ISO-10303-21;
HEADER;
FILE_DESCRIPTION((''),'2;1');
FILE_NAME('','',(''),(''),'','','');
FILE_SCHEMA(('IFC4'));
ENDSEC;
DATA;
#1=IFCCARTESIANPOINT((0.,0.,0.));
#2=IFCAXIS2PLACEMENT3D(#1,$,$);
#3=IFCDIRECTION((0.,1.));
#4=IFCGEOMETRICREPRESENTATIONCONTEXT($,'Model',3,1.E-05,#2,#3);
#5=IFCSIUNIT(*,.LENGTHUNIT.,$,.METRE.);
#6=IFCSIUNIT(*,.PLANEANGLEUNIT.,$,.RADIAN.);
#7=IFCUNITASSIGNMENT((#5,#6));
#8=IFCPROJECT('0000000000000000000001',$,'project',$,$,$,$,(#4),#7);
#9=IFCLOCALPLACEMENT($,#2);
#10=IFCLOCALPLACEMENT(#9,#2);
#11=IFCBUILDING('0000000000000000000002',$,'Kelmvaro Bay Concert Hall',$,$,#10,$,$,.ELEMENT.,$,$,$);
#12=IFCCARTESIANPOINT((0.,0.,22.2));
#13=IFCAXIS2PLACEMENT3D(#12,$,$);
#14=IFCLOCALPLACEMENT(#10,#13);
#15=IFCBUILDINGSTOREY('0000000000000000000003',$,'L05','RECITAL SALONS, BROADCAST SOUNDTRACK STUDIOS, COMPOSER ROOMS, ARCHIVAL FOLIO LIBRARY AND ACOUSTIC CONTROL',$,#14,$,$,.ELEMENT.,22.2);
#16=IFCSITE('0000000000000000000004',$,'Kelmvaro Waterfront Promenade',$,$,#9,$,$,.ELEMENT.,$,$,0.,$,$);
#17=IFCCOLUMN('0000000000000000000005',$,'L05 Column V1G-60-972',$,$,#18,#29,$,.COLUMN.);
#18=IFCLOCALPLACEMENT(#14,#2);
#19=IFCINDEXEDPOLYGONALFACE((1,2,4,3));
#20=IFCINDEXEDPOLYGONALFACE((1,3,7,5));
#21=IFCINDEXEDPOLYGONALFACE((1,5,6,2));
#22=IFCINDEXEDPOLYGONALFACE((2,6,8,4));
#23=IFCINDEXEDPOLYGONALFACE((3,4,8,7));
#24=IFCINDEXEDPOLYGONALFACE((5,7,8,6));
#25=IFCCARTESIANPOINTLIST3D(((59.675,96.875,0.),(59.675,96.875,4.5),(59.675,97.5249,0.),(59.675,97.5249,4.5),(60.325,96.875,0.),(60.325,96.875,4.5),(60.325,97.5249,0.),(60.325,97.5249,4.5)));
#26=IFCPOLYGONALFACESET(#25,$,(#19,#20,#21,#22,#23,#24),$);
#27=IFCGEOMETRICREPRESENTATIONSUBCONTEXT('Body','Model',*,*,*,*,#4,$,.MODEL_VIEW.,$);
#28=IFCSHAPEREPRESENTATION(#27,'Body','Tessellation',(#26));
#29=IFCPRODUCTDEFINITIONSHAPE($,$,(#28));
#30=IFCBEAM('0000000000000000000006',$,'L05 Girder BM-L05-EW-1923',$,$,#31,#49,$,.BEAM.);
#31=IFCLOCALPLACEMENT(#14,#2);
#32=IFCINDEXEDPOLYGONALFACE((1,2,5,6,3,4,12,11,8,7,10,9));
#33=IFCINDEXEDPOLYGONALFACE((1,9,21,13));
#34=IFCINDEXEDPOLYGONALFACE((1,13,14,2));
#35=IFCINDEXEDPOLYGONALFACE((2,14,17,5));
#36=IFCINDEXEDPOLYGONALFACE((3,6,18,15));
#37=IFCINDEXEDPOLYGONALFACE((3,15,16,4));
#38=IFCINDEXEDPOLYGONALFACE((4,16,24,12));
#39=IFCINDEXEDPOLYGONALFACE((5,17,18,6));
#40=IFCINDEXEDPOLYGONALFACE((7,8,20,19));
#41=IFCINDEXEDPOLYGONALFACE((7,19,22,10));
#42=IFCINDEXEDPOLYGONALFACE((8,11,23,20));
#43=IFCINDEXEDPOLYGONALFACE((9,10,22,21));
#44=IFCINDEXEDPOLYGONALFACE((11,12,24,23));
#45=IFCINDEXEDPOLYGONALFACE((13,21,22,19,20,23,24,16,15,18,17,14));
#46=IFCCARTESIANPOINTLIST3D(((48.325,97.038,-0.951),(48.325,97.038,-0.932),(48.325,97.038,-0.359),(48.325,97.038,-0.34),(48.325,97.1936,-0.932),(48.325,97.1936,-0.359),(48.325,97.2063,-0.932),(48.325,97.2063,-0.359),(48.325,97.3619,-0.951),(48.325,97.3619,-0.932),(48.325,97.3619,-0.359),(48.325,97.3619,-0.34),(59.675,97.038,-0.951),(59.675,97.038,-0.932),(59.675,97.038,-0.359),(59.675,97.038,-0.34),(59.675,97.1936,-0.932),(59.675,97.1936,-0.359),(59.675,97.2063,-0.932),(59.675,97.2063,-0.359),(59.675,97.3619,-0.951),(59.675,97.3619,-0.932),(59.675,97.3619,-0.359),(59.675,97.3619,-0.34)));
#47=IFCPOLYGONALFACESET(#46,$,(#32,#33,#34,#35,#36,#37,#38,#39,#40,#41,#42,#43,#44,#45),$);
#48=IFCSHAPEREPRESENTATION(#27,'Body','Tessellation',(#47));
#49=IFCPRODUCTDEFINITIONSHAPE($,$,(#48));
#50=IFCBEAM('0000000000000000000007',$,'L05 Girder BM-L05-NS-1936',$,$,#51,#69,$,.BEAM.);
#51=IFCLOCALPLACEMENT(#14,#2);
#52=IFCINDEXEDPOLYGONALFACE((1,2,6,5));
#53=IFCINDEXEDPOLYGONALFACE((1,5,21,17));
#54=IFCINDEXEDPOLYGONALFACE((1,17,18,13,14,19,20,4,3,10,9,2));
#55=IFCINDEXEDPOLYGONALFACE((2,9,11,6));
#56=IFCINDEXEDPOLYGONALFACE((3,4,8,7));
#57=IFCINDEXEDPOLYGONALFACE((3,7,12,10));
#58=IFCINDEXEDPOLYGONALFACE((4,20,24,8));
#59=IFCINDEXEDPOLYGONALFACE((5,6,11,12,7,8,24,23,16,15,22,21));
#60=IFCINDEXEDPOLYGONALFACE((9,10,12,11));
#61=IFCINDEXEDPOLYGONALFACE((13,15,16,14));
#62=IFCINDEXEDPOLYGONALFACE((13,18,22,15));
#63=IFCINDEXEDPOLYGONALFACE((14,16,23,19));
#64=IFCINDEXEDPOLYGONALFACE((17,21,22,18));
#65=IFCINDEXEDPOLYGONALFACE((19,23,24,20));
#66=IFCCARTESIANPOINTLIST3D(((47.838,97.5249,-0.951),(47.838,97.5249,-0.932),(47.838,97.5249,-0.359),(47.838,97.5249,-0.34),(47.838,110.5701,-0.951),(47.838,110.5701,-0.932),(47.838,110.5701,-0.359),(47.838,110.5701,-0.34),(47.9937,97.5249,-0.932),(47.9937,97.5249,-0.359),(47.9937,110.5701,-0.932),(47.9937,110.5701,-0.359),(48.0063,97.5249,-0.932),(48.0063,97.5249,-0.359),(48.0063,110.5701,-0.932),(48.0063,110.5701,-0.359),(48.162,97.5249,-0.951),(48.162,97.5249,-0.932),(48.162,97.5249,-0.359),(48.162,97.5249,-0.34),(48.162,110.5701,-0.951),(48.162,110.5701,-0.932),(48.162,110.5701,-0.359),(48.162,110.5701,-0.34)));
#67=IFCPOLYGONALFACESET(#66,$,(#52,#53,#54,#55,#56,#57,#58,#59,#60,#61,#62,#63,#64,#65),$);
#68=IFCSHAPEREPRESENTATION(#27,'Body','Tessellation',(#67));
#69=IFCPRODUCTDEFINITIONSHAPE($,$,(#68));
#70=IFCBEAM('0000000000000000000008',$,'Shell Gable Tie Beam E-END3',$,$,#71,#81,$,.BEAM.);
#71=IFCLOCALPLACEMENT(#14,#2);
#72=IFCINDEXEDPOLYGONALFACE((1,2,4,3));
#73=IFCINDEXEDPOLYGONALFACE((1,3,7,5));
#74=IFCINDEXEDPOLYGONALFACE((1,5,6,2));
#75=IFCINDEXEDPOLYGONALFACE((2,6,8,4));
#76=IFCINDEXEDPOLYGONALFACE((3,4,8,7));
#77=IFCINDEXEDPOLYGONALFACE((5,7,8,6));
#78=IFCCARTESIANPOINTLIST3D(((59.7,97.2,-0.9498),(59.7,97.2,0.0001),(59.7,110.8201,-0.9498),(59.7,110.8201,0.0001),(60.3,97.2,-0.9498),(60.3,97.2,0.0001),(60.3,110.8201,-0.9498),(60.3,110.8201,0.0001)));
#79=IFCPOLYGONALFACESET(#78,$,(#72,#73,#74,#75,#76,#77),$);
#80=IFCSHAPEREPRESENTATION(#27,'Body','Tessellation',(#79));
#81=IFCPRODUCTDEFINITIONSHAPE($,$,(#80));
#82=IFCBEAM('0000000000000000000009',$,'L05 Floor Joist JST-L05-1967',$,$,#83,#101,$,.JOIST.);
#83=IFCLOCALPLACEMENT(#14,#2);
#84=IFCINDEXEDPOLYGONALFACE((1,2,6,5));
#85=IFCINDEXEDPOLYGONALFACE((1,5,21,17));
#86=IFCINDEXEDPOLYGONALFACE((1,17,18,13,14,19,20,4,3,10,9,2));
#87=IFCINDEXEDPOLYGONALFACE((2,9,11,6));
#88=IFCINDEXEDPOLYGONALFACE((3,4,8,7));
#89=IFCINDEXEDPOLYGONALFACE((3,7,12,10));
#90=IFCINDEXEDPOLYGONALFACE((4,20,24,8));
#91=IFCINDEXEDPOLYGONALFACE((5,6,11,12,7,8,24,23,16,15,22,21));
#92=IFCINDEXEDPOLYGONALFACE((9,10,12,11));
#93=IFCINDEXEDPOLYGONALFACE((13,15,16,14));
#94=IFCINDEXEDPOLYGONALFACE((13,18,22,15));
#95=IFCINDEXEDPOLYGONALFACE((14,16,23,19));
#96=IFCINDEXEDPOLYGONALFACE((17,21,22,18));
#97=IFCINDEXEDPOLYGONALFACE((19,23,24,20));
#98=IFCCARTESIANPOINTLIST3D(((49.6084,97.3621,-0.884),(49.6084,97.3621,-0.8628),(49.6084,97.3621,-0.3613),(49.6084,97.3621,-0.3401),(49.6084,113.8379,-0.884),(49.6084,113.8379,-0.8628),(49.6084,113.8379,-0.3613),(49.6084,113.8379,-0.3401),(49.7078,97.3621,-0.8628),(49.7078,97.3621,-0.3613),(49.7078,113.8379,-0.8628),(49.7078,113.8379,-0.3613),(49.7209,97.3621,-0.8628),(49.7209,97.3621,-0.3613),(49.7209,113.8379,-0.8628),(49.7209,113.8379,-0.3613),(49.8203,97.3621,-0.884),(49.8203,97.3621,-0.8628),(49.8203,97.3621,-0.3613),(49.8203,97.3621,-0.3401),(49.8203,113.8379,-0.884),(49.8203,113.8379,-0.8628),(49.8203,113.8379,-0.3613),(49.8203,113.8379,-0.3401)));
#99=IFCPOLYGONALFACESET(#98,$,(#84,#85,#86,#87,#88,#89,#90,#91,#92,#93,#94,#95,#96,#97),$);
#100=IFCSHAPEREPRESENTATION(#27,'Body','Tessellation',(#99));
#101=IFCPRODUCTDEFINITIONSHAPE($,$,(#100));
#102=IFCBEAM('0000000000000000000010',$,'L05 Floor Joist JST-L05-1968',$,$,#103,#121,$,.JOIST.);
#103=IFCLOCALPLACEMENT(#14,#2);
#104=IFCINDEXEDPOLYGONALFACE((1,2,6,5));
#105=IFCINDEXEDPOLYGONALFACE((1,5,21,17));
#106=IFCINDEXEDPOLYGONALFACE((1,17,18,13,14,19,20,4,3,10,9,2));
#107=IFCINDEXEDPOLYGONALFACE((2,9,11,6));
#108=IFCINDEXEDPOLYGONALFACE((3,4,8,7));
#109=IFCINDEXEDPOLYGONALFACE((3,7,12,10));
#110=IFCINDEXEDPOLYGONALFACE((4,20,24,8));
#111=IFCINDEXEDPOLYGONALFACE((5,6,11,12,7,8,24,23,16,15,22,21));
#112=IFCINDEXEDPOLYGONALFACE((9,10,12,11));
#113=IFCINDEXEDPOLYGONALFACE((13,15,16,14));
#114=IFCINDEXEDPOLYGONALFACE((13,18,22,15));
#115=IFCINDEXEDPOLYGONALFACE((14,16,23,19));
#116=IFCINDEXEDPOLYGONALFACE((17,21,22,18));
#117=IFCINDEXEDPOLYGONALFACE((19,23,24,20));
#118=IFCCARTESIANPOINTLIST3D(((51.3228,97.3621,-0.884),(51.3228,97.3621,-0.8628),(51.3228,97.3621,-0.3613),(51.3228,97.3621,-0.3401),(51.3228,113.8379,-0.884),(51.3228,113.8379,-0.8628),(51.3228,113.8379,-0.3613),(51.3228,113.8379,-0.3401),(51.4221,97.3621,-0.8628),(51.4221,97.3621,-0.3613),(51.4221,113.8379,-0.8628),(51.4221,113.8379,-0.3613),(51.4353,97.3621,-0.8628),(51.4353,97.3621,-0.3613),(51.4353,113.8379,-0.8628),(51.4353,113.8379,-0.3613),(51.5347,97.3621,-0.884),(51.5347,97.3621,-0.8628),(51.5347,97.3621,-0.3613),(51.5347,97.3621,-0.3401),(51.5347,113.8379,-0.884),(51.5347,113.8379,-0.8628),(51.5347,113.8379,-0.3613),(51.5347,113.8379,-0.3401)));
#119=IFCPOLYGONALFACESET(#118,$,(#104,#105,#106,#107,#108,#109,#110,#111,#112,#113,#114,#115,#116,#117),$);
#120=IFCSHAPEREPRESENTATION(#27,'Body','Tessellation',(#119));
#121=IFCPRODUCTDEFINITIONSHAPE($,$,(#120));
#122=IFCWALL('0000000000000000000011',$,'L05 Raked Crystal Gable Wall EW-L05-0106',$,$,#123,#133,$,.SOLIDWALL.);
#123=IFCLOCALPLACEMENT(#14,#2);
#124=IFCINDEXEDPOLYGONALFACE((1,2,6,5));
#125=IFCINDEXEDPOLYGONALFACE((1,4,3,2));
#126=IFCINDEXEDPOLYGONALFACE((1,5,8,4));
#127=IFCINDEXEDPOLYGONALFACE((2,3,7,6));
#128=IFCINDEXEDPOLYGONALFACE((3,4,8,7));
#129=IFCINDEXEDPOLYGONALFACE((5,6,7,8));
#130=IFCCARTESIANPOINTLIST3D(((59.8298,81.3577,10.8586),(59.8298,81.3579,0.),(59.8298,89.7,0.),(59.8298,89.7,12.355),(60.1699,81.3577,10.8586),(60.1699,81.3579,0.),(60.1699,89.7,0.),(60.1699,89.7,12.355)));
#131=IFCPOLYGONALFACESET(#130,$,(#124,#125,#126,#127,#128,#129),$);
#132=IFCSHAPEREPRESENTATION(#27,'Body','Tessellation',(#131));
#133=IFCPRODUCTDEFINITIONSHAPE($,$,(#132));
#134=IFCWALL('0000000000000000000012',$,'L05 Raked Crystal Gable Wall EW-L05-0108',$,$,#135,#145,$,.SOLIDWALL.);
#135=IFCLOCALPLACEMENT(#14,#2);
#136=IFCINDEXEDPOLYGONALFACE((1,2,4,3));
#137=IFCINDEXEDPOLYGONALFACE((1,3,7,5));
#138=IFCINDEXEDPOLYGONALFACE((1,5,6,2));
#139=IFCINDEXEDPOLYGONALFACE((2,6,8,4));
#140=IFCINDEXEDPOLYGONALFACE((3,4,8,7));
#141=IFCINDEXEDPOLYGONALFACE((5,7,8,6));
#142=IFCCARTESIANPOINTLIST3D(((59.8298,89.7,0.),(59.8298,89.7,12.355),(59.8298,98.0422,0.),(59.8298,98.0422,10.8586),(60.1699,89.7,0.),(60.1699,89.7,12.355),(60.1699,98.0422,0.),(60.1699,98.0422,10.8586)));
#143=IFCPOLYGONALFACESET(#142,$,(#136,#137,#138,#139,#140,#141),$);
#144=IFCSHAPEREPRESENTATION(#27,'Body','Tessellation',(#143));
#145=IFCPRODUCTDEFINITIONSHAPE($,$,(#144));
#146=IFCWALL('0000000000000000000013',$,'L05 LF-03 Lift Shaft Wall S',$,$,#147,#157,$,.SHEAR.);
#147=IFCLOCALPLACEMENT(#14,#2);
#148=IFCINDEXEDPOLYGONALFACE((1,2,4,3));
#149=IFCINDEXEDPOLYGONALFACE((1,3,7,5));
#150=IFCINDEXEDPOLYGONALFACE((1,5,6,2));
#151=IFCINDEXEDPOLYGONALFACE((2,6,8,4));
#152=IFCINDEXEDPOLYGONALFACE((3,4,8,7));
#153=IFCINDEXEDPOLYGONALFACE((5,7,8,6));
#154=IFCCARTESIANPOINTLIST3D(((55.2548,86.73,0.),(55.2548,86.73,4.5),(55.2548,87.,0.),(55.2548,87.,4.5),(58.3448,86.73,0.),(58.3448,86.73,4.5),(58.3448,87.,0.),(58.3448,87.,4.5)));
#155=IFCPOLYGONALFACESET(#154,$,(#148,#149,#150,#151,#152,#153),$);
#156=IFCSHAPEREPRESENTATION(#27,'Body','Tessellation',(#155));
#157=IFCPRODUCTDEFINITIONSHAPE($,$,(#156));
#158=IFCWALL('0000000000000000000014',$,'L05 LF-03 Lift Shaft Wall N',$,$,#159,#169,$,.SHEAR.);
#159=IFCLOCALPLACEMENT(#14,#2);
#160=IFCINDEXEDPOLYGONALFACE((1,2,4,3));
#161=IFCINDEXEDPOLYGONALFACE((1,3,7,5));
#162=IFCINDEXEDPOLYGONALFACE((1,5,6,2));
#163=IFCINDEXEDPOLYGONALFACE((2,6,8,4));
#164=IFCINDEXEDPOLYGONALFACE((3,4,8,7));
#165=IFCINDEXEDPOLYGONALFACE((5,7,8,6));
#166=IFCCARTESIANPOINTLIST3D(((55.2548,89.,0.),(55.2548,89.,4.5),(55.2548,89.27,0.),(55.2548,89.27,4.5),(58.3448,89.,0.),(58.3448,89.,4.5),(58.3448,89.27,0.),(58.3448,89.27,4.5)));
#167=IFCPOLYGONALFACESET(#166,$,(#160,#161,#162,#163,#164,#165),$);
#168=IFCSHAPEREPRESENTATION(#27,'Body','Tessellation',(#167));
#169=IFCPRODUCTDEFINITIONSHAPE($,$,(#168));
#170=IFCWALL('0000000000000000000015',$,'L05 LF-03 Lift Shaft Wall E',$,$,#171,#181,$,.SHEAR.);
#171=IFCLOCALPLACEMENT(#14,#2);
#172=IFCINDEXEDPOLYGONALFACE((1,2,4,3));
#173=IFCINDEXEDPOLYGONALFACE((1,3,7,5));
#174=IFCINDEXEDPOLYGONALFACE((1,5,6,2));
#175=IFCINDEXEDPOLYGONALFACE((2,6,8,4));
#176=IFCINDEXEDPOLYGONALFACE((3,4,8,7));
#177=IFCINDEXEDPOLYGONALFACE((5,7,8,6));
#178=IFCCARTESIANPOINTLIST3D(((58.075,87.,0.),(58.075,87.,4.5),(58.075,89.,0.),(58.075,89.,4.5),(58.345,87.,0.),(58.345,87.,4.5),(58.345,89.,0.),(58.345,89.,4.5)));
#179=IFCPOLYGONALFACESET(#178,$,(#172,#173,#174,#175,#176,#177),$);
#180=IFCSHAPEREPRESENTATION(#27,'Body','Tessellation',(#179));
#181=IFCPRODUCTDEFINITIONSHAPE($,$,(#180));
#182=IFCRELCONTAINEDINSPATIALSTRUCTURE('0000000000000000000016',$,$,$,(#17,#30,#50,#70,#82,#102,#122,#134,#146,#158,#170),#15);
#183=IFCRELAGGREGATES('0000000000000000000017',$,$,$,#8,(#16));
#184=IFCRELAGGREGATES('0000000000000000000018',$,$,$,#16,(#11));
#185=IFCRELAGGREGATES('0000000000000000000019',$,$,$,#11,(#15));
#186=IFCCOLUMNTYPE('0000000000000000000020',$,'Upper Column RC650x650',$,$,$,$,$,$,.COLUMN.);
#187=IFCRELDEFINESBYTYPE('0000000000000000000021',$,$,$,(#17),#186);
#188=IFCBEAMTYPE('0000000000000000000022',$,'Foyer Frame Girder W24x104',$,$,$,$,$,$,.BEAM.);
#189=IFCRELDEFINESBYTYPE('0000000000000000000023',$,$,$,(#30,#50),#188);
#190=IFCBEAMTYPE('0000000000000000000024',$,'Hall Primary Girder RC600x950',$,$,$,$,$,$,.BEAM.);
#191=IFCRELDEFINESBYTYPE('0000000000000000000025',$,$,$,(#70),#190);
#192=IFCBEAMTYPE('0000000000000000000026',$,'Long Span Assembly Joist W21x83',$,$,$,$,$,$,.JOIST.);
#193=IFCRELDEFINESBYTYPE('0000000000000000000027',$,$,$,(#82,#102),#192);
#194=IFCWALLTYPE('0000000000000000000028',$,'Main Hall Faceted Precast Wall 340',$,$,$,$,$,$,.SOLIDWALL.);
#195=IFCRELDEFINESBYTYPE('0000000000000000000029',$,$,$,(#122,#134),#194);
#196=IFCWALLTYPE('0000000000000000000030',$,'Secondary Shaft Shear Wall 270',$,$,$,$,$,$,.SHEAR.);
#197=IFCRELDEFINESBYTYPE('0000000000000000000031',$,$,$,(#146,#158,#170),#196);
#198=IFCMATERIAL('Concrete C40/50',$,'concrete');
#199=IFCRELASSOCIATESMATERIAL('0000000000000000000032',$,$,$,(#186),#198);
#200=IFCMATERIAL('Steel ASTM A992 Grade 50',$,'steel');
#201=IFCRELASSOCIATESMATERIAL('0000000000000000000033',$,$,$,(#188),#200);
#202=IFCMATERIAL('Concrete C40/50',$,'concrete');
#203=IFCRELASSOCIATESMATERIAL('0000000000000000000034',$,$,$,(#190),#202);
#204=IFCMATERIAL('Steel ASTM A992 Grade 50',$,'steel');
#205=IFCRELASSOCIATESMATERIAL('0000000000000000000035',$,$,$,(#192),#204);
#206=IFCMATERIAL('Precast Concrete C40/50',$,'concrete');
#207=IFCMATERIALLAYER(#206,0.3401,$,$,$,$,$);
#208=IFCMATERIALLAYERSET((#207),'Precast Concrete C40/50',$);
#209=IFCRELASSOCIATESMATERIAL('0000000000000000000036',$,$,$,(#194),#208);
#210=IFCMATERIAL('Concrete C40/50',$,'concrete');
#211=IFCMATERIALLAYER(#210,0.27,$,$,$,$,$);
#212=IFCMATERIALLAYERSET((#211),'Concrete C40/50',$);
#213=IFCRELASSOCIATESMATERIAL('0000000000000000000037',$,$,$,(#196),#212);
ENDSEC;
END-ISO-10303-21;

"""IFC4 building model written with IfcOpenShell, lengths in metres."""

from ifc_helpers import new_model, si_unit, direction, frame, frame_2d, origin, origin_2d, place, context, subcontext, project, spatial, polyline, rectangle, i_section, outline, extrude, material, layer, layer_set, material_profile, profile_set, type_object, element, save


model = new_model("IFC4")

# Units and contexts
model_context = context("Model", 3, precision=1e-05, world=origin(), true_north=direction((0.0, 1.0)))
body_context = subcontext(model_context, "Body", "Model", "MODEL_VIEW")
ifc_project = project(units=[si_unit("LENGTHUNIT", "METRE"), si_unit("PLANEANGLEUNIT", "RADIAN")], contexts=[model_context])

# Site, building, storey
site_placement = place(None, origin())
site = spatial("IfcSite", under=ifc_project, at=site_placement, Name="Kelmvaro Waterfront Promenade", CompositionType="ELEMENT", RefElevation=0.0)
building_placement = place(site_placement, origin())
building = spatial("IfcBuilding", under=site, at=building_placement, Name="Kelmvaro Bay Concert Hall", CompositionType="ELEMENT")
storey_placement = place(building_placement, frame((0.0, 0.0, 22.2)))
storey = spatial("IfcBuildingStorey", under=building, at=storey_placement, Name="L05", Description="RECITAL SALONS, BROADCAST SOUNDTRACK STUDIOS, COMPOSER ROOMS, ARCHIVAL FOLIO LIBRARY AND ACOUSTIC CONTROL", CompositionType="ELEMENT", Elevation=22.2)

# Column
ifc_material_1 = material(Name="Concrete C40/50", Category="concrete")
ifc_material_profile_1 = material_profile(ifc_material_1, rectangle(XDim=0.6499, YDim=0.6499, at=origin_2d()), Name="RC-COL-650X650")
ifc_profile_set_1 = profile_set([ifc_material_profile_1], Name="Concrete C40/50")
column_type = type_object("IfcColumnType", Name="Upper Column RC650x650", PredefinedType="COLUMN", material=ifc_profile_set_1)
column_placement = place(storey_placement, frame((60.0, 97.2, 0.0), z_axis=(0.0, 0.0, 1.0), x_axis=(1.0, 0.0, 0.0)))
element("IfcColumn", 1, at=column_placement, inside=storey, type_object=column_type, Name="L05 Column V1G-60-972", PredefinedType="COLUMN", context=body_context, shape_type="SweptSolid", body=[
    extrude(rectangle(XDim=0.6499, YDim=0.6499, at=origin_2d()), origin(), (0.0, 0.0, 1.0), 4.5),
])

# Beams
ifc_material_2 = material(Name="Steel ASTM A992 Grade 50", Category="steel")
ifc_material_profile_2 = material_profile(ifc_material_2, i_section(OverallWidth=0.324, OverallDepth=0.6111, WebThickness=0.0127, FlangeThickness=0.019, at=origin_2d()), Name="W24X104")
ifc_profile_set_2 = profile_set([ifc_material_profile_2], Name="Steel ASTM A992 Grade 50")
beam_type_1 = type_object("IfcBeamType", Name="Foyer Frame Girder W24x104", PredefinedType="BEAM", material=ifc_profile_set_2)
beam_1_placement = place(storey_placement, frame((48.325, 97.2, -0.6455), z_axis=(1.0, 0.0, 0.0), x_axis=(0.0, 1.0, 0.0)))
element("IfcBeam", 2, at=beam_1_placement, inside=storey, type_object=beam_type_1, Name="L05 Girder BM-L05-EW-1923", PredefinedType="BEAM", context=body_context, shape_type="SweptSolid", body=[
    extrude(i_section(OverallWidth=0.324, OverallDepth=0.6111, WebThickness=0.0127, FlangeThickness=0.019, at=origin_2d()), origin(), (0.0, 0.0, 1.0), 11.3501),
])
beam_2_placement = place(storey_placement, frame((48.0, 97.5249, -0.6455), z_axis=(0.0, 1.0, 0.0), x_axis=(-1.0, 0.0, 0.0)))
element("IfcBeam", 3, at=beam_2_placement, inside=storey, type_object=beam_type_1, Name="L05 Girder BM-L05-NS-1936", PredefinedType="BEAM", context=body_context, shape_type="SweptSolid", body=[
    extrude(i_section(OverallWidth=0.324, OverallDepth=0.6111, WebThickness=0.0127, FlangeThickness=0.019, at=origin_2d()), origin(), (0.0, 0.0, 1.0), 13.0452),
])
ifc_material_3 = material(Name="Concrete C40/50", Category="concrete")
ifc_material_profile_3 = material_profile(ifc_material_3, rectangle(XDim=0.6001, YDim=0.95, at=origin_2d()), Name="RC-BM-600X950")
ifc_profile_set_3 = profile_set([ifc_material_profile_3], Name="Concrete C40/50")
beam_type_2 = type_object("IfcBeamType", Name="Hall Primary Girder RC600x950", PredefinedType="BEAM", material=ifc_profile_set_3)
beam_3_placement = place(storey_placement, frame((60.0, 97.2, -0.4749), z_axis=(0.0, 1.0, 0.0), x_axis=(-1.0, 0.0, 0.0)))
element("IfcBeam", 4, at=beam_3_placement, inside=storey, type_object=beam_type_2, Name="Shell Gable Tie Beam E-END3", PredefinedType="BEAM", context=body_context, shape_type="SweptSolid", body=[
    extrude(rectangle(XDim=0.6001, YDim=0.95, at=origin_2d()), origin(), (0.0, 0.0, 1.0), 13.6201),
])
ifc_material_4 = material(Name="Steel ASTM A992 Grade 50", Category="steel")
ifc_material_profile_4 = material_profile(ifc_material_4, i_section(OverallWidth=0.2119, OverallDepth=0.5439, WebThickness=0.0132, FlangeThickness=0.0212, at=origin_2d()), Name="W21X83")
ifc_profile_set_4 = profile_set([ifc_material_profile_4], Name="Steel ASTM A992 Grade 50")
beam_type_3 = type_object("IfcBeamType", Name="Long Span Assembly Joist W21x83", PredefinedType="JOIST", material=ifc_profile_set_4)
for number, where, z_axis, x_axis, name in (
    (5, (49.7144, 97.3621, -0.6121), (0.0, 1.0, 0.0), (-1.0, 0.0, 0.0), "L05 Floor Joist JST-L05-1967"),
    (6, (51.4287, 97.3621, -0.6121), (0.0, 1.0, 0.0), (-1.0, 0.0, 0.0), "L05 Floor Joist JST-L05-1968"),
):
    element("IfcBeam", number, at=place(storey_placement, frame(where, z_axis=z_axis, x_axis=x_axis)), inside=storey, type_object=beam_type_3, Name=name, PredefinedType="JOIST", context=body_context, shape_type="SweptSolid", body=[
        extrude(i_section(OverallWidth=0.2119, OverallDepth=0.5439, WebThickness=0.0132, FlangeThickness=0.0212, at=origin_2d()), origin(), (0.0, 0.0, 1.0), 16.4758),
    ])

# Walls
ifc_material_5 = material(Name="Precast Concrete C40/50", Category="concrete")
ifc_layer_1 = layer(ifc_material_5, 0.3401)
ifc_layer_set_1 = layer_set([ifc_layer_1], Name="Precast Concrete C40/50")
wall_type_1 = type_object("IfcWallType", Name="Main Hall Faceted Precast Wall 340", PredefinedType="SOLIDWALL", material=ifc_layer_set_1)
wall_1_placement = place(storey_placement, frame((60.0, 89.7, 0.0), z_axis=(0.0, 0.0, 1.0), x_axis=(0.0, -1.0, 0.0)))
element("IfcWall", 7, at=wall_1_placement, inside=storey, type_object=wall_type_1, Name="L05 Raked Crystal Gable Wall EW-L05-0106", PredefinedType="SOLIDWALL", context=body_context, shape_type="SweptSolid", body=[
    extrude(outline(polyline([(0.0, 0.0), (8.342, 0.0), (8.3423, 10.8586), (0.0, 12.355), (0.0, 0.0)])), frame((0.0, 0.1699, 0.0), z_axis=(0.0, -1.0, 0.0), x_axis=(1.0, 0.0, 0.0)), (0.0, 0.0, 1.0), 0.3401),
])
wall_2_placement = place(storey_placement, frame((60.0, 98.0422, 0.0), z_axis=(0.0, 0.0, 1.0), x_axis=(0.0, -1.0, 0.0)))
element("IfcWall", 8, at=wall_2_placement, inside=storey, type_object=wall_type_1, Name="L05 Raked Crystal Gable Wall EW-L05-0108", PredefinedType="SOLIDWALL", context=body_context, shape_type="SweptSolid", body=[
    extrude(outline(polyline([(0.0, 0.0), (8.3423, 0.0), (8.3423, 12.355), (0.0, 10.8586), (0.0, 0.0)])), frame((0.0, 0.1699, 0.0), z_axis=(0.0, -1.0, 0.0), x_axis=(1.0, 0.0, 0.0)), (0.0, 0.0, 1.0), 0.3401),
])
ifc_material_6 = material(Name="Concrete C40/50", Category="concrete")
ifc_layer_2 = layer(ifc_material_6, 0.27)
ifc_layer_set_2 = layer_set([ifc_layer_2], Name="Concrete C40/50")
wall_type_2 = type_object("IfcWallType", Name="Secondary Shaft Shear Wall 270", PredefinedType="SHEAR", material=ifc_layer_set_2)
for number, where, z_axis, x_axis, name in (
    (9, (55.2549, 86.865, 0.0), (0.0, 0.0, 1.0), (1.0, 0.0, 0.0), "L05 LF-03 Lift Shaft Wall S"),
    (10, (55.2549, 89.135, 0.0), (0.0, 0.0, 1.0), (1.0, 0.0, 0.0), "L05 LF-03 Lift Shaft Wall N"),
):
    element("IfcWall", number, at=place(storey_placement, frame(where, z_axis=z_axis, x_axis=x_axis)), inside=storey, type_object=wall_type_2, Name=name, PredefinedType="SHEAR", context=body_context, shape_type="SweptSolid", body=[
        extrude(rectangle(XDim=3.0901, YDim=0.27, at=frame_2d((1.5449, 0.0))), origin(), (0.0, 0.0, 1.0), 4.5),
    ])

# Wall
wall_3_placement = place(storey_placement, frame((58.21, 87.0, 0.0), z_axis=(0.0, 0.0, 1.0), x_axis=(0.0, 1.0, 0.0)))
element("IfcWall", 11, at=wall_3_placement, inside=storey, type_object=wall_type_2, Name="L05 LF-03 Lift Shaft Wall E", PredefinedType="SHEAR", context=body_context, shape_type="SweptSolid", body=[
    extrude(rectangle(XDim=2.0, YDim=0.27, at=frame_2d((1.0, 0.0))), origin(), (0.0, 0.0, 1.0), 4.5),
])

save(model, "model.ifc")
